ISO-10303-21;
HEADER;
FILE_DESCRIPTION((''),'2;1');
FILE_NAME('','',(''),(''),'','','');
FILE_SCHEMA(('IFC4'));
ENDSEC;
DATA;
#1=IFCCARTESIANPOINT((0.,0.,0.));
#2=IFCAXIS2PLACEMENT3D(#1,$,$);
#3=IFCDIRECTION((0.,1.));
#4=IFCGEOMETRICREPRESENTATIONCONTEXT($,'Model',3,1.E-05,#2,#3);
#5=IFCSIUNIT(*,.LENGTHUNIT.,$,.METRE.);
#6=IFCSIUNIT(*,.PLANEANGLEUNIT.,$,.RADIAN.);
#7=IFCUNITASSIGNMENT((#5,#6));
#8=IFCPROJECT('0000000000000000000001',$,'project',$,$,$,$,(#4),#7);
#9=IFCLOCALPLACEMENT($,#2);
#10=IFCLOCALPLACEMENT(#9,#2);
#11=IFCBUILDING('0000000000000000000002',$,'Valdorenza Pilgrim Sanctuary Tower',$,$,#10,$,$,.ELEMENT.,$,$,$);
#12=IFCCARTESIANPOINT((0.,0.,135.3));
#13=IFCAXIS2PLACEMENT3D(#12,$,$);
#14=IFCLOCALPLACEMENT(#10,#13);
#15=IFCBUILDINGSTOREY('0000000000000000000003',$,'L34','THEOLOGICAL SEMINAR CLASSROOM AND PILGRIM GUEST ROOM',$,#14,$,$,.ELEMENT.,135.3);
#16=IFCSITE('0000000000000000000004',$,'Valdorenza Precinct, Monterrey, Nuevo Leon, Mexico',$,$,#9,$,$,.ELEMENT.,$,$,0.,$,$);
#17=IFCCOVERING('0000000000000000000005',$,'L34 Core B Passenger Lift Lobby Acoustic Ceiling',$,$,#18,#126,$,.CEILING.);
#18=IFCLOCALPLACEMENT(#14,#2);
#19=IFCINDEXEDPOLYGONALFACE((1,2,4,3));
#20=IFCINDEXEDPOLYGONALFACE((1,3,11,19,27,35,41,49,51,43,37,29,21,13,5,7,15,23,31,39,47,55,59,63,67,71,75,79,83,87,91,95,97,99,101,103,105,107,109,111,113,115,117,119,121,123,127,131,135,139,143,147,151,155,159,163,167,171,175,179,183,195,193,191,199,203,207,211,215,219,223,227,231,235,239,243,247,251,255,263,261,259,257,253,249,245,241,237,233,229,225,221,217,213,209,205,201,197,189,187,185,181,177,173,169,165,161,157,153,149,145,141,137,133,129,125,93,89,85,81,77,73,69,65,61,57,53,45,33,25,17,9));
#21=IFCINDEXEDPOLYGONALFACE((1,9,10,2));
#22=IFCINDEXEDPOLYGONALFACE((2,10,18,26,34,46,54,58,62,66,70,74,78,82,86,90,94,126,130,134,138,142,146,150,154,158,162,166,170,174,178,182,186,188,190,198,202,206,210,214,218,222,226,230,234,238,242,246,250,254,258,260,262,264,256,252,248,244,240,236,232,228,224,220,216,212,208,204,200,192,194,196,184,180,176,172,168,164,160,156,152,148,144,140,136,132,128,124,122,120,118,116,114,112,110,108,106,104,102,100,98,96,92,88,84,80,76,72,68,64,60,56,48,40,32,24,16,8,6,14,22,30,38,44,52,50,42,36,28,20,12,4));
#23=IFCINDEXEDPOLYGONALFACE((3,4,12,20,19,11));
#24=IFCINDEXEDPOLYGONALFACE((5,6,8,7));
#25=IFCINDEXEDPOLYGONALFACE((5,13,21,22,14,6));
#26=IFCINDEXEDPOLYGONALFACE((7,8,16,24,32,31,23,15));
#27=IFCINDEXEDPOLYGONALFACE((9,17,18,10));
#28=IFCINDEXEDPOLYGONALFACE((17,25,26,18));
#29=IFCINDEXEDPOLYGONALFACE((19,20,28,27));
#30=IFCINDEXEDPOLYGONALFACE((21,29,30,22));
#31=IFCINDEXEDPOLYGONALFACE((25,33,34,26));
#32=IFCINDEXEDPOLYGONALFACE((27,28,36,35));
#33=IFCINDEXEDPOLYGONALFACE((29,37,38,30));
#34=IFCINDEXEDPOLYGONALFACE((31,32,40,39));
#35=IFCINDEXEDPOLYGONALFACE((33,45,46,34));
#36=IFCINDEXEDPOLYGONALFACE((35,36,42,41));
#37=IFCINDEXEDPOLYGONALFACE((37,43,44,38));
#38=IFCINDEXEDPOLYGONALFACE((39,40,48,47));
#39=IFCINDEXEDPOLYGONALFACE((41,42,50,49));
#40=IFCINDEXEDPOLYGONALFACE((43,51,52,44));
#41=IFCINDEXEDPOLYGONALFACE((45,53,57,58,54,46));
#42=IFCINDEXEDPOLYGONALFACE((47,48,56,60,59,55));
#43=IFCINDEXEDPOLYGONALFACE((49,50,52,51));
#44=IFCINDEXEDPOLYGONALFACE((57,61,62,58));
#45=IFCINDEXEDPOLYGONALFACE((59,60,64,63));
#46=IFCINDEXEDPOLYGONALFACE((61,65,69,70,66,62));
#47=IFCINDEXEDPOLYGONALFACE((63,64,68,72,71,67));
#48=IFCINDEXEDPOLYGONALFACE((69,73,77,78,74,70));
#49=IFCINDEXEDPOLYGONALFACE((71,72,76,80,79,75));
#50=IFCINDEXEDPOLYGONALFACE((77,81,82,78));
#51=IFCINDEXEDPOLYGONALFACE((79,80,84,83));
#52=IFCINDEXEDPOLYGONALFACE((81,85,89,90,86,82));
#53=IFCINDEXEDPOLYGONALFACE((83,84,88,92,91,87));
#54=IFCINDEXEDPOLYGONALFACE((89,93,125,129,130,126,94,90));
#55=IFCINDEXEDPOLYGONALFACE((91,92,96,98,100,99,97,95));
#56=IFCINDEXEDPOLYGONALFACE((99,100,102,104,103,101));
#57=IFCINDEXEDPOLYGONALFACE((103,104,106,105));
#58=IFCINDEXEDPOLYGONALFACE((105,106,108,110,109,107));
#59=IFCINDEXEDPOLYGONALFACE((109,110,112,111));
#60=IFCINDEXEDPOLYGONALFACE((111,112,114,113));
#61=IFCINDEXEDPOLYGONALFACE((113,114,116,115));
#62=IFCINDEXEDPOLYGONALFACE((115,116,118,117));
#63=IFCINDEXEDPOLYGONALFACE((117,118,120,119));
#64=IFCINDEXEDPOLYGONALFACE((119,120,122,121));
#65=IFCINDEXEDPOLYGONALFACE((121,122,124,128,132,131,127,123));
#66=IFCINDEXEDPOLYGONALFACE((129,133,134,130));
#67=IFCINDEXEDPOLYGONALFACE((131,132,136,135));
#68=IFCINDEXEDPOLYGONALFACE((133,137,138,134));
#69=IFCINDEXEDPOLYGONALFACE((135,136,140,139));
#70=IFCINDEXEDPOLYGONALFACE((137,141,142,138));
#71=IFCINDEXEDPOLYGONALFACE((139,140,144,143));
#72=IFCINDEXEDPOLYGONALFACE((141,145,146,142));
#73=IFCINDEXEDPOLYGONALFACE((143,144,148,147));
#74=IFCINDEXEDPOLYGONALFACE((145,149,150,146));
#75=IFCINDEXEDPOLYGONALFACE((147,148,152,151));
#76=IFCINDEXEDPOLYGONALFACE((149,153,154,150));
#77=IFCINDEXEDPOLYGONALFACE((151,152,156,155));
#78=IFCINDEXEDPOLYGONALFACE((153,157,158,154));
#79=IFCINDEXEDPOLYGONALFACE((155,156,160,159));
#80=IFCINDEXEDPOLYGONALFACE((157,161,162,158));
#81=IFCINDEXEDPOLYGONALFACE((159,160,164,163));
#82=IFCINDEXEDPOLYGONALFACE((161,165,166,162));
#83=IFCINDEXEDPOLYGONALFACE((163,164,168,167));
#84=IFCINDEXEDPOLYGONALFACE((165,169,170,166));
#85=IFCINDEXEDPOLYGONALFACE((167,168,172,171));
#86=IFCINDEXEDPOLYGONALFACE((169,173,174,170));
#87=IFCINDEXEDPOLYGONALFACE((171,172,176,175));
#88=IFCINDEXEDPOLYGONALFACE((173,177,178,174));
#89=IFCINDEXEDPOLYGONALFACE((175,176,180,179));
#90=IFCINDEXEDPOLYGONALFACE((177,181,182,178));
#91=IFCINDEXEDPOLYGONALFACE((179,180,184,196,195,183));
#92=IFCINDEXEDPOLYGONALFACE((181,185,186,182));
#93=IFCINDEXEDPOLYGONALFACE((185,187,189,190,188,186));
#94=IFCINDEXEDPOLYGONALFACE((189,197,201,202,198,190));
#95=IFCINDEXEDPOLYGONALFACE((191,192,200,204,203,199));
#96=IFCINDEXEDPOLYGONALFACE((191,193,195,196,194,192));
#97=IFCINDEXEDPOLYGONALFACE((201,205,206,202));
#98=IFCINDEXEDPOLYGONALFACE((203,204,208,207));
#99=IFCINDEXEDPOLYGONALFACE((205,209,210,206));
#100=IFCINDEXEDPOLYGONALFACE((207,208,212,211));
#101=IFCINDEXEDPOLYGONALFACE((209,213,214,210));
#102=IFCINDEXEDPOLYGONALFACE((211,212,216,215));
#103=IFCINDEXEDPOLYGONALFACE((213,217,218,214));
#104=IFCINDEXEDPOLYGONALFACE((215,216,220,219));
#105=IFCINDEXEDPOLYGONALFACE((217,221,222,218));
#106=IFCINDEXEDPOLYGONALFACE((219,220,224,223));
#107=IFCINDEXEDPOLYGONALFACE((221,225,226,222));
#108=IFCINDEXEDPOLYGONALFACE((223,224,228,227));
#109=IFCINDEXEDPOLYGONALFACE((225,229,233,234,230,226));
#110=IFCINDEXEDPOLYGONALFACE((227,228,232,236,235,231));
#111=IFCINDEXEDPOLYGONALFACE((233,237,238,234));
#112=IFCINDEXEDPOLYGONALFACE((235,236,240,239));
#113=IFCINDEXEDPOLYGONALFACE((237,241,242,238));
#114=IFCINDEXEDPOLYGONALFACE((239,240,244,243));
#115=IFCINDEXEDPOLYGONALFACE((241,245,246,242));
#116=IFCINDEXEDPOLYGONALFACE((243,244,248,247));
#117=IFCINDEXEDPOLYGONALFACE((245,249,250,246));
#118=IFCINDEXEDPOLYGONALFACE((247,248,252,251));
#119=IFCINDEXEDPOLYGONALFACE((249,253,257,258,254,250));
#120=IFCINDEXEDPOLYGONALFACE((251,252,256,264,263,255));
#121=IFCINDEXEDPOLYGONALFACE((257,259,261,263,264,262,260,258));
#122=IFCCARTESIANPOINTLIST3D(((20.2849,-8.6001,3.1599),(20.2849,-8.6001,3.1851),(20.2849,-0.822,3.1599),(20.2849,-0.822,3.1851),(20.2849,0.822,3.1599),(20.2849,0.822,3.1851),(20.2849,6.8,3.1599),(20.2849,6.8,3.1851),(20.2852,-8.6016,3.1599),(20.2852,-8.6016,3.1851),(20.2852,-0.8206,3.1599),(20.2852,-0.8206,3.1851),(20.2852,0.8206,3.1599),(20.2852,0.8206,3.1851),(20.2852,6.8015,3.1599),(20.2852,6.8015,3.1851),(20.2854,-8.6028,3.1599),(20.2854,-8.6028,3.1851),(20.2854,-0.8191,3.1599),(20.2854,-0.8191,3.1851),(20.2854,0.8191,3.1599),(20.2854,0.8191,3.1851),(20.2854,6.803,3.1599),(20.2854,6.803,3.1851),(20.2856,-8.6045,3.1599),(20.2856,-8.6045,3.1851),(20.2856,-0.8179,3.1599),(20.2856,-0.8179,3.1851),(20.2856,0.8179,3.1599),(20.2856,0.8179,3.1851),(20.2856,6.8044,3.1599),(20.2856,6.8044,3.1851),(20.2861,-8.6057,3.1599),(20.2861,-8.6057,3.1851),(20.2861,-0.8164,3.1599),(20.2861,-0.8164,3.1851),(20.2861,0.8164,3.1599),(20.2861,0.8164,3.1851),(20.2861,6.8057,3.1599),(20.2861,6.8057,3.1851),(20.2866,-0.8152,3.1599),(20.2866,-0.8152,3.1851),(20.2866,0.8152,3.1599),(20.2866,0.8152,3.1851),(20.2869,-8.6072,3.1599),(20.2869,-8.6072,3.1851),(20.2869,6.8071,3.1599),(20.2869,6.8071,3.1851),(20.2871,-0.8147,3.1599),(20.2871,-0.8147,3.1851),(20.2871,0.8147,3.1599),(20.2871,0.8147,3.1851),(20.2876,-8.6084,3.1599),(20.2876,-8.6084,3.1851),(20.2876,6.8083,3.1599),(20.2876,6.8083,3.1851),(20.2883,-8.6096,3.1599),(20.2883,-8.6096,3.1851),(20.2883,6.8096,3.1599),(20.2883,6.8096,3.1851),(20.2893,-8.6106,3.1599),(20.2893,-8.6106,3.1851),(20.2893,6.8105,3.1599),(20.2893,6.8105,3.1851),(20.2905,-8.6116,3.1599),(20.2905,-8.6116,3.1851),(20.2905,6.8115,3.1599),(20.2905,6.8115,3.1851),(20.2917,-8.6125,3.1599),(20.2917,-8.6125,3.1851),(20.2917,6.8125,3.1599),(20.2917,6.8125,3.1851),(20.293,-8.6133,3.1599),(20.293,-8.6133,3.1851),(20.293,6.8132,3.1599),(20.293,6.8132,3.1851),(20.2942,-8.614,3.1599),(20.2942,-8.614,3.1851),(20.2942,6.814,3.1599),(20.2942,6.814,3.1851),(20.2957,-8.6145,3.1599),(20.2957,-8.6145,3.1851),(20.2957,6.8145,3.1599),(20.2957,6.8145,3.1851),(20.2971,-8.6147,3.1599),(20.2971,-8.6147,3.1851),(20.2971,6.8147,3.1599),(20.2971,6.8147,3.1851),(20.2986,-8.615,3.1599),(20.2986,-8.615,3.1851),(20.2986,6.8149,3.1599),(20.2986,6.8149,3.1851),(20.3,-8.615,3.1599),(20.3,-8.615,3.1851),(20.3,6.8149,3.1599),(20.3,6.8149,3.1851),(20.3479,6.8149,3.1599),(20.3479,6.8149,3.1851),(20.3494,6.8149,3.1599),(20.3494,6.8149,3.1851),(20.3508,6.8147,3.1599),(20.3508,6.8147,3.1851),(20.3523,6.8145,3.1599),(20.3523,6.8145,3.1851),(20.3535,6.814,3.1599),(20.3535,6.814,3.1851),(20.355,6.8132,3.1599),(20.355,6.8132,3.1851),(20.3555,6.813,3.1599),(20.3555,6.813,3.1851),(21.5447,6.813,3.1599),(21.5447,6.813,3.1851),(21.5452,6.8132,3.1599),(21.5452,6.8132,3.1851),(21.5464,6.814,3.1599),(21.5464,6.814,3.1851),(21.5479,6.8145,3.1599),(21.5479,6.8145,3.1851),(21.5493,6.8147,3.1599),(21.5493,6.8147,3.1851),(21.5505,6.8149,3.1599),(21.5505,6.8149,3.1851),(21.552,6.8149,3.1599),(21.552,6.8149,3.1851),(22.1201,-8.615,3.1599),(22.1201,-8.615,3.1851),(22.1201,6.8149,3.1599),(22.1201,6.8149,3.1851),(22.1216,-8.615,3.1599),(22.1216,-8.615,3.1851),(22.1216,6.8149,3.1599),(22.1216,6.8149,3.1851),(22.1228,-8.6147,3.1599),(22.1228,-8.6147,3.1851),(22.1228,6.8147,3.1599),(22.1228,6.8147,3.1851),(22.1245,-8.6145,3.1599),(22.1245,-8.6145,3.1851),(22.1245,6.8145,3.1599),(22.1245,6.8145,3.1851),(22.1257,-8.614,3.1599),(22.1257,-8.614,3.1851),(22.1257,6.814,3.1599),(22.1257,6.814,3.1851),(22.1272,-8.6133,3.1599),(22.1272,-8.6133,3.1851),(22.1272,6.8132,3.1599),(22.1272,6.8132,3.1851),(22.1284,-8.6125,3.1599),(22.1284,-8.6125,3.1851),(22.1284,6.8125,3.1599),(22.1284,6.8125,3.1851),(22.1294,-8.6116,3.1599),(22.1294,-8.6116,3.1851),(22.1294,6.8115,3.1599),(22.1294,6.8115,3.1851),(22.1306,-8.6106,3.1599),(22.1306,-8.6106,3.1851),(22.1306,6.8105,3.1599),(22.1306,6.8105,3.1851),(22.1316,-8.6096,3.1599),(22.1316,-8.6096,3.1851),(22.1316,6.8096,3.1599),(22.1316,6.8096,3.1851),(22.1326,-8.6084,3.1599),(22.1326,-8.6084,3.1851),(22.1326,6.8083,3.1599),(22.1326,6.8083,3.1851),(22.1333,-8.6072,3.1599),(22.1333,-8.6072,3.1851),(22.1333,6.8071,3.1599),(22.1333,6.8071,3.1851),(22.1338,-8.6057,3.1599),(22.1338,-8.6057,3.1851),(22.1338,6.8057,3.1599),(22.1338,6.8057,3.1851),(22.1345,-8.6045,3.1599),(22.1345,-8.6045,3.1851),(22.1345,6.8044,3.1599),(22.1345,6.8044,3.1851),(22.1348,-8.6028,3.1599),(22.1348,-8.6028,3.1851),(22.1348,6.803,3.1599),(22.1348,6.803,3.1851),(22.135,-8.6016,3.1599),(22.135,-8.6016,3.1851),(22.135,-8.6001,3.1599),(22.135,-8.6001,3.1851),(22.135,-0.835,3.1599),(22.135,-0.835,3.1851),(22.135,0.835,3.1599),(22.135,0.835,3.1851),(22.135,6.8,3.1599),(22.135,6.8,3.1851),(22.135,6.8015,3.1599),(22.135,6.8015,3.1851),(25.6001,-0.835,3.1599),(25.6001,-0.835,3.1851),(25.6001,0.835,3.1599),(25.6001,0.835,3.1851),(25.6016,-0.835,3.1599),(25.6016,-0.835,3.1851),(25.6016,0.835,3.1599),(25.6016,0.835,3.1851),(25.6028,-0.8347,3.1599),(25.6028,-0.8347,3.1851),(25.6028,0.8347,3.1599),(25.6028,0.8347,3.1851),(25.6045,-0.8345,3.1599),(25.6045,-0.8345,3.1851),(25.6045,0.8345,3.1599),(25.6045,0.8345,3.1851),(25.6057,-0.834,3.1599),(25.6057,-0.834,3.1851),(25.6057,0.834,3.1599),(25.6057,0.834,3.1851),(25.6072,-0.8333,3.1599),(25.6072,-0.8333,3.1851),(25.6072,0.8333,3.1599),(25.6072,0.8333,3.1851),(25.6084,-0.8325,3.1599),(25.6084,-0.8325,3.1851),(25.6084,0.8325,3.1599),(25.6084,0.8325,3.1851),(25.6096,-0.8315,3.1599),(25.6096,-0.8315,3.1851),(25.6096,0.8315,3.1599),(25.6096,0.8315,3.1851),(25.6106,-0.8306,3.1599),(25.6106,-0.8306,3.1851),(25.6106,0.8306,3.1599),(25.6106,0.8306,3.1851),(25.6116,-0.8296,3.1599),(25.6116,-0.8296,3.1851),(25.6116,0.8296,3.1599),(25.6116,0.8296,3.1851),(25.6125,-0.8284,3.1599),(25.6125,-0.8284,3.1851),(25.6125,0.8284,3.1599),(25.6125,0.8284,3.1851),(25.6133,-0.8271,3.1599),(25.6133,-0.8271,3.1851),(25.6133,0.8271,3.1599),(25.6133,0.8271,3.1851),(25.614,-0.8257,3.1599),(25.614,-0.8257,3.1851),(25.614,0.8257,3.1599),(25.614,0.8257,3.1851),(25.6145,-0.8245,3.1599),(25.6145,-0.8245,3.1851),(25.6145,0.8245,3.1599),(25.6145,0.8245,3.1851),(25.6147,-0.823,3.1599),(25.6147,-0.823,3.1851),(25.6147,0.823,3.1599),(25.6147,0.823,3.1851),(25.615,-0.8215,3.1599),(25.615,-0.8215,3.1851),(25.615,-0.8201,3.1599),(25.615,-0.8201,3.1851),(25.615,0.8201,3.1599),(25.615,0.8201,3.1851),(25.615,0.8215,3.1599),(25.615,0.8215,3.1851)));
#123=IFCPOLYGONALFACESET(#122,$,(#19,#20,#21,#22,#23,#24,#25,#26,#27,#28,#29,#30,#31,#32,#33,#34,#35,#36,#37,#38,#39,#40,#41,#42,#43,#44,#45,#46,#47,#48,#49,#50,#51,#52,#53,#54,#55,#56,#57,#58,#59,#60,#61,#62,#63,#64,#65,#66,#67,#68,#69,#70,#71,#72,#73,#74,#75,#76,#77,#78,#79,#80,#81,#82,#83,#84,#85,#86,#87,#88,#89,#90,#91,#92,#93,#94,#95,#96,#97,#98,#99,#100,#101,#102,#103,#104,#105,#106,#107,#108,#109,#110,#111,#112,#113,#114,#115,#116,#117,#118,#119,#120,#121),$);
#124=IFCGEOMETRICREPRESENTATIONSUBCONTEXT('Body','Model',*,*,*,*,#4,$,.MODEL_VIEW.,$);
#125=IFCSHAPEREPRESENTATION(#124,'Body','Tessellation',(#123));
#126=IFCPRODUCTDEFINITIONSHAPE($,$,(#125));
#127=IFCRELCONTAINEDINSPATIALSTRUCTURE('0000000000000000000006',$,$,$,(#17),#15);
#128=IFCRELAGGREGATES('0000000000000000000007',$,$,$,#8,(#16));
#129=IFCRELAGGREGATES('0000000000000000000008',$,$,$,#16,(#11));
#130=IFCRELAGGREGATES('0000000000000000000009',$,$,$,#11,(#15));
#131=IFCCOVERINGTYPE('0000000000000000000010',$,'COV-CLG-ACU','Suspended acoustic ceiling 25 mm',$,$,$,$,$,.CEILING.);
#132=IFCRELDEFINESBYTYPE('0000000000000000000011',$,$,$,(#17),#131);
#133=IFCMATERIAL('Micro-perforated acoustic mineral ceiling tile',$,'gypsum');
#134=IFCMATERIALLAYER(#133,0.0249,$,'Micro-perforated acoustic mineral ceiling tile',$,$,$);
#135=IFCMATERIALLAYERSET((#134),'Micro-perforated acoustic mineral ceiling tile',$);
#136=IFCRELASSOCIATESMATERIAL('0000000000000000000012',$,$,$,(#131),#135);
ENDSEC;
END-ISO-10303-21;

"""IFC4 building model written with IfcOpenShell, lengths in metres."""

from ifc_helpers import new_model, si_unit, direction, frame, origin, place, context, subcontext, project, spatial, polyline, outline, extrude, material, layer, layer_set, type_object, element, save


model = new_model("IFC4")

# Units and contexts
model_context = context("Model", 3, precision=1e-05, world=origin(), true_north=direction((0.0, 1.0)))
body_context = subcontext(model_context, "Body", "Model", "MODEL_VIEW")
ifc_project = project(units=[si_unit("LENGTHUNIT", "METRE"), si_unit("PLANEANGLEUNIT", "RADIAN")], contexts=[model_context])

# Site, building, storey
site_placement = place(None, origin())
site = spatial("IfcSite", under=ifc_project, at=site_placement, Name="Valdorenza Precinct, Monterrey, Nuevo Leon, Mexico", CompositionType="ELEMENT", RefElevation=0.0)
building_placement = place(site_placement, origin())
building = spatial("IfcBuilding", under=site, at=building_placement, Name="Valdorenza Pilgrim Sanctuary Tower", CompositionType="ELEMENT")
storey_placement = place(building_placement, frame((0.0, 0.0, 135.3)))
storey = spatial("IfcBuildingStorey", under=building, at=storey_placement, Name="L34", Description="THEOLOGICAL SEMINAR CLASSROOM AND PILGRIM GUEST ROOM", CompositionType="ELEMENT", Elevation=135.3)

# Covering
ifc_material_1 = material(Name="Micro-perforated acoustic mineral ceiling tile", Category="gypsum")
ifc_layer_1 = layer(ifc_material_1, 0.0249, Name="Micro-perforated acoustic mineral ceiling tile")
ifc_layer_set_1 = layer_set([ifc_layer_1], Name="Micro-perforated acoustic mineral ceiling tile")
covering_type_1 = type_object("IfcCoveringType", Name="COV-CLG-ACU", Description="Suspended acoustic ceiling 25 mm", PredefinedType="CEILING", material=ifc_layer_set_1)
covering_1_placement = place(storey_placement, frame((0.0, 0.0, 3.1599)))
element("IfcCovering", 1, at=covering_1_placement, inside=storey, type_object=covering_type_1, Name="L34 Core B Passenger Lift Lobby Acoustic Ceiling", PredefinedType="CEILING", context=body_context, shape_type="SweptSolid", body=[
    extrude(outline(polyline([(20.2871, -0.8147), (20.2871, 0.8147), (20.2866, 0.8152), (20.2861, 0.8164), (20.2856, 0.8179), (20.2854, 0.8191), (20.2852, 0.8206), (20.2849, 0.822), (20.2849, 6.8), (20.2852, 6.8015), (20.2854, 6.803), (20.2856, 6.8044), (20.2861, 6.8057), (20.2869, 6.8071), (20.2876, 6.8083), (20.2883, 6.8096), (20.2893, 6.8105), (20.2905, 6.8115), (20.2917, 6.8125), (20.293, 6.8132), (20.2942, 6.814), (20.2957, 6.8145), (20.2971, 6.8147), (20.2986, 6.8149), (20.3, 6.8149), (20.3479, 6.8149), (20.3494, 6.8149), (20.3508, 6.8147), (20.3523, 6.8145), (20.3535, 6.814), (20.355, 6.8132), (20.3555, 6.813), (21.5447, 6.813), (21.5452, 6.8132), (21.5464, 6.814), (21.5479, 6.8145), (21.5493, 6.8147), (21.5505, 6.8149), (21.552, 6.8149), (22.1201, 6.8149), (22.1216, 6.8149), (22.1228, 6.8147), (22.1245, 6.8145), (22.1257, 6.814), (22.1272, 6.8132), (22.1284, 6.8125), (22.1294, 6.8115), (22.1306, 6.8105), (22.1316, 6.8096), (22.1326, 6.8083), (22.1333, 6.8071), (22.1338, 6.8057), (22.1345, 6.8044), (22.1348, 6.803), (22.135, 6.8015), (22.135, 6.8), (22.135, 0.835), (25.6001, 0.835), (25.6016, 0.835), (25.6028, 0.8347), (25.6045, 0.8345), (25.6057, 0.834), (25.6072, 0.8333), (25.6084, 0.8325), (25.6096, 0.8315), (25.6106, 0.8306), (25.6116, 0.8296), (25.6125, 0.8284), (25.6133, 0.8271), (25.614, 0.8257), (25.6145, 0.8245), (25.6147, 0.823), (25.615, 0.8215), (25.615, 0.8201), (25.615, -0.8201), (25.615, -0.8215), (25.6147, -0.823), (25.6145, -0.8245), (25.614, -0.8257), (25.6133, -0.8271), (25.6125, -0.8284), (25.6116, -0.8296), (25.6106, -0.8306), (25.6096, -0.8315), (25.6084, -0.8325), (25.6072, -0.8333), (25.6057, -0.834), (25.6045, -0.8345), (25.6028, -0.8347), (25.6016, -0.835), (25.6001, -0.835), (22.135, -0.835), (22.135, -8.6001), (22.135, -8.6016), (22.1348, -8.6028), (22.1345, -8.6045), (22.1338, -8.6057), (22.1333, -8.6072), (22.1326, -8.6084), (22.1316, -8.6096), (22.1306, -8.6106), (22.1294, -8.6116), (22.1284, -8.6125), (22.1272, -8.6133), (22.1257, -8.614), (22.1245, -8.6145), (22.1228, -8.6147), (22.1216, -8.615), (22.1201, -8.615), (20.3, -8.615), (20.2986, -8.615), (20.2971, -8.6147), (20.2957, -8.6145), (20.2942, -8.614), (20.293, -8.6133), (20.2917, -8.6125), (20.2905, -8.6116), (20.2893, -8.6106), (20.2883, -8.6096), (20.2876, -8.6084), (20.2869, -8.6072), (20.2861, -8.6057), (20.2856, -8.6045), (20.2854, -8.6028), (20.2852, -8.6016), (20.2849, -8.6001), (20.2849, -0.822), (20.2852, -0.8206), (20.2854, -0.8191), (20.2856, -0.8179), (20.2861, -0.8164), (20.2866, -0.8152), (20.2871, -0.8147)])), origin(), (0.0, 0.0, 1.0), 0.0251),
])

save(model, "model.ifc")
